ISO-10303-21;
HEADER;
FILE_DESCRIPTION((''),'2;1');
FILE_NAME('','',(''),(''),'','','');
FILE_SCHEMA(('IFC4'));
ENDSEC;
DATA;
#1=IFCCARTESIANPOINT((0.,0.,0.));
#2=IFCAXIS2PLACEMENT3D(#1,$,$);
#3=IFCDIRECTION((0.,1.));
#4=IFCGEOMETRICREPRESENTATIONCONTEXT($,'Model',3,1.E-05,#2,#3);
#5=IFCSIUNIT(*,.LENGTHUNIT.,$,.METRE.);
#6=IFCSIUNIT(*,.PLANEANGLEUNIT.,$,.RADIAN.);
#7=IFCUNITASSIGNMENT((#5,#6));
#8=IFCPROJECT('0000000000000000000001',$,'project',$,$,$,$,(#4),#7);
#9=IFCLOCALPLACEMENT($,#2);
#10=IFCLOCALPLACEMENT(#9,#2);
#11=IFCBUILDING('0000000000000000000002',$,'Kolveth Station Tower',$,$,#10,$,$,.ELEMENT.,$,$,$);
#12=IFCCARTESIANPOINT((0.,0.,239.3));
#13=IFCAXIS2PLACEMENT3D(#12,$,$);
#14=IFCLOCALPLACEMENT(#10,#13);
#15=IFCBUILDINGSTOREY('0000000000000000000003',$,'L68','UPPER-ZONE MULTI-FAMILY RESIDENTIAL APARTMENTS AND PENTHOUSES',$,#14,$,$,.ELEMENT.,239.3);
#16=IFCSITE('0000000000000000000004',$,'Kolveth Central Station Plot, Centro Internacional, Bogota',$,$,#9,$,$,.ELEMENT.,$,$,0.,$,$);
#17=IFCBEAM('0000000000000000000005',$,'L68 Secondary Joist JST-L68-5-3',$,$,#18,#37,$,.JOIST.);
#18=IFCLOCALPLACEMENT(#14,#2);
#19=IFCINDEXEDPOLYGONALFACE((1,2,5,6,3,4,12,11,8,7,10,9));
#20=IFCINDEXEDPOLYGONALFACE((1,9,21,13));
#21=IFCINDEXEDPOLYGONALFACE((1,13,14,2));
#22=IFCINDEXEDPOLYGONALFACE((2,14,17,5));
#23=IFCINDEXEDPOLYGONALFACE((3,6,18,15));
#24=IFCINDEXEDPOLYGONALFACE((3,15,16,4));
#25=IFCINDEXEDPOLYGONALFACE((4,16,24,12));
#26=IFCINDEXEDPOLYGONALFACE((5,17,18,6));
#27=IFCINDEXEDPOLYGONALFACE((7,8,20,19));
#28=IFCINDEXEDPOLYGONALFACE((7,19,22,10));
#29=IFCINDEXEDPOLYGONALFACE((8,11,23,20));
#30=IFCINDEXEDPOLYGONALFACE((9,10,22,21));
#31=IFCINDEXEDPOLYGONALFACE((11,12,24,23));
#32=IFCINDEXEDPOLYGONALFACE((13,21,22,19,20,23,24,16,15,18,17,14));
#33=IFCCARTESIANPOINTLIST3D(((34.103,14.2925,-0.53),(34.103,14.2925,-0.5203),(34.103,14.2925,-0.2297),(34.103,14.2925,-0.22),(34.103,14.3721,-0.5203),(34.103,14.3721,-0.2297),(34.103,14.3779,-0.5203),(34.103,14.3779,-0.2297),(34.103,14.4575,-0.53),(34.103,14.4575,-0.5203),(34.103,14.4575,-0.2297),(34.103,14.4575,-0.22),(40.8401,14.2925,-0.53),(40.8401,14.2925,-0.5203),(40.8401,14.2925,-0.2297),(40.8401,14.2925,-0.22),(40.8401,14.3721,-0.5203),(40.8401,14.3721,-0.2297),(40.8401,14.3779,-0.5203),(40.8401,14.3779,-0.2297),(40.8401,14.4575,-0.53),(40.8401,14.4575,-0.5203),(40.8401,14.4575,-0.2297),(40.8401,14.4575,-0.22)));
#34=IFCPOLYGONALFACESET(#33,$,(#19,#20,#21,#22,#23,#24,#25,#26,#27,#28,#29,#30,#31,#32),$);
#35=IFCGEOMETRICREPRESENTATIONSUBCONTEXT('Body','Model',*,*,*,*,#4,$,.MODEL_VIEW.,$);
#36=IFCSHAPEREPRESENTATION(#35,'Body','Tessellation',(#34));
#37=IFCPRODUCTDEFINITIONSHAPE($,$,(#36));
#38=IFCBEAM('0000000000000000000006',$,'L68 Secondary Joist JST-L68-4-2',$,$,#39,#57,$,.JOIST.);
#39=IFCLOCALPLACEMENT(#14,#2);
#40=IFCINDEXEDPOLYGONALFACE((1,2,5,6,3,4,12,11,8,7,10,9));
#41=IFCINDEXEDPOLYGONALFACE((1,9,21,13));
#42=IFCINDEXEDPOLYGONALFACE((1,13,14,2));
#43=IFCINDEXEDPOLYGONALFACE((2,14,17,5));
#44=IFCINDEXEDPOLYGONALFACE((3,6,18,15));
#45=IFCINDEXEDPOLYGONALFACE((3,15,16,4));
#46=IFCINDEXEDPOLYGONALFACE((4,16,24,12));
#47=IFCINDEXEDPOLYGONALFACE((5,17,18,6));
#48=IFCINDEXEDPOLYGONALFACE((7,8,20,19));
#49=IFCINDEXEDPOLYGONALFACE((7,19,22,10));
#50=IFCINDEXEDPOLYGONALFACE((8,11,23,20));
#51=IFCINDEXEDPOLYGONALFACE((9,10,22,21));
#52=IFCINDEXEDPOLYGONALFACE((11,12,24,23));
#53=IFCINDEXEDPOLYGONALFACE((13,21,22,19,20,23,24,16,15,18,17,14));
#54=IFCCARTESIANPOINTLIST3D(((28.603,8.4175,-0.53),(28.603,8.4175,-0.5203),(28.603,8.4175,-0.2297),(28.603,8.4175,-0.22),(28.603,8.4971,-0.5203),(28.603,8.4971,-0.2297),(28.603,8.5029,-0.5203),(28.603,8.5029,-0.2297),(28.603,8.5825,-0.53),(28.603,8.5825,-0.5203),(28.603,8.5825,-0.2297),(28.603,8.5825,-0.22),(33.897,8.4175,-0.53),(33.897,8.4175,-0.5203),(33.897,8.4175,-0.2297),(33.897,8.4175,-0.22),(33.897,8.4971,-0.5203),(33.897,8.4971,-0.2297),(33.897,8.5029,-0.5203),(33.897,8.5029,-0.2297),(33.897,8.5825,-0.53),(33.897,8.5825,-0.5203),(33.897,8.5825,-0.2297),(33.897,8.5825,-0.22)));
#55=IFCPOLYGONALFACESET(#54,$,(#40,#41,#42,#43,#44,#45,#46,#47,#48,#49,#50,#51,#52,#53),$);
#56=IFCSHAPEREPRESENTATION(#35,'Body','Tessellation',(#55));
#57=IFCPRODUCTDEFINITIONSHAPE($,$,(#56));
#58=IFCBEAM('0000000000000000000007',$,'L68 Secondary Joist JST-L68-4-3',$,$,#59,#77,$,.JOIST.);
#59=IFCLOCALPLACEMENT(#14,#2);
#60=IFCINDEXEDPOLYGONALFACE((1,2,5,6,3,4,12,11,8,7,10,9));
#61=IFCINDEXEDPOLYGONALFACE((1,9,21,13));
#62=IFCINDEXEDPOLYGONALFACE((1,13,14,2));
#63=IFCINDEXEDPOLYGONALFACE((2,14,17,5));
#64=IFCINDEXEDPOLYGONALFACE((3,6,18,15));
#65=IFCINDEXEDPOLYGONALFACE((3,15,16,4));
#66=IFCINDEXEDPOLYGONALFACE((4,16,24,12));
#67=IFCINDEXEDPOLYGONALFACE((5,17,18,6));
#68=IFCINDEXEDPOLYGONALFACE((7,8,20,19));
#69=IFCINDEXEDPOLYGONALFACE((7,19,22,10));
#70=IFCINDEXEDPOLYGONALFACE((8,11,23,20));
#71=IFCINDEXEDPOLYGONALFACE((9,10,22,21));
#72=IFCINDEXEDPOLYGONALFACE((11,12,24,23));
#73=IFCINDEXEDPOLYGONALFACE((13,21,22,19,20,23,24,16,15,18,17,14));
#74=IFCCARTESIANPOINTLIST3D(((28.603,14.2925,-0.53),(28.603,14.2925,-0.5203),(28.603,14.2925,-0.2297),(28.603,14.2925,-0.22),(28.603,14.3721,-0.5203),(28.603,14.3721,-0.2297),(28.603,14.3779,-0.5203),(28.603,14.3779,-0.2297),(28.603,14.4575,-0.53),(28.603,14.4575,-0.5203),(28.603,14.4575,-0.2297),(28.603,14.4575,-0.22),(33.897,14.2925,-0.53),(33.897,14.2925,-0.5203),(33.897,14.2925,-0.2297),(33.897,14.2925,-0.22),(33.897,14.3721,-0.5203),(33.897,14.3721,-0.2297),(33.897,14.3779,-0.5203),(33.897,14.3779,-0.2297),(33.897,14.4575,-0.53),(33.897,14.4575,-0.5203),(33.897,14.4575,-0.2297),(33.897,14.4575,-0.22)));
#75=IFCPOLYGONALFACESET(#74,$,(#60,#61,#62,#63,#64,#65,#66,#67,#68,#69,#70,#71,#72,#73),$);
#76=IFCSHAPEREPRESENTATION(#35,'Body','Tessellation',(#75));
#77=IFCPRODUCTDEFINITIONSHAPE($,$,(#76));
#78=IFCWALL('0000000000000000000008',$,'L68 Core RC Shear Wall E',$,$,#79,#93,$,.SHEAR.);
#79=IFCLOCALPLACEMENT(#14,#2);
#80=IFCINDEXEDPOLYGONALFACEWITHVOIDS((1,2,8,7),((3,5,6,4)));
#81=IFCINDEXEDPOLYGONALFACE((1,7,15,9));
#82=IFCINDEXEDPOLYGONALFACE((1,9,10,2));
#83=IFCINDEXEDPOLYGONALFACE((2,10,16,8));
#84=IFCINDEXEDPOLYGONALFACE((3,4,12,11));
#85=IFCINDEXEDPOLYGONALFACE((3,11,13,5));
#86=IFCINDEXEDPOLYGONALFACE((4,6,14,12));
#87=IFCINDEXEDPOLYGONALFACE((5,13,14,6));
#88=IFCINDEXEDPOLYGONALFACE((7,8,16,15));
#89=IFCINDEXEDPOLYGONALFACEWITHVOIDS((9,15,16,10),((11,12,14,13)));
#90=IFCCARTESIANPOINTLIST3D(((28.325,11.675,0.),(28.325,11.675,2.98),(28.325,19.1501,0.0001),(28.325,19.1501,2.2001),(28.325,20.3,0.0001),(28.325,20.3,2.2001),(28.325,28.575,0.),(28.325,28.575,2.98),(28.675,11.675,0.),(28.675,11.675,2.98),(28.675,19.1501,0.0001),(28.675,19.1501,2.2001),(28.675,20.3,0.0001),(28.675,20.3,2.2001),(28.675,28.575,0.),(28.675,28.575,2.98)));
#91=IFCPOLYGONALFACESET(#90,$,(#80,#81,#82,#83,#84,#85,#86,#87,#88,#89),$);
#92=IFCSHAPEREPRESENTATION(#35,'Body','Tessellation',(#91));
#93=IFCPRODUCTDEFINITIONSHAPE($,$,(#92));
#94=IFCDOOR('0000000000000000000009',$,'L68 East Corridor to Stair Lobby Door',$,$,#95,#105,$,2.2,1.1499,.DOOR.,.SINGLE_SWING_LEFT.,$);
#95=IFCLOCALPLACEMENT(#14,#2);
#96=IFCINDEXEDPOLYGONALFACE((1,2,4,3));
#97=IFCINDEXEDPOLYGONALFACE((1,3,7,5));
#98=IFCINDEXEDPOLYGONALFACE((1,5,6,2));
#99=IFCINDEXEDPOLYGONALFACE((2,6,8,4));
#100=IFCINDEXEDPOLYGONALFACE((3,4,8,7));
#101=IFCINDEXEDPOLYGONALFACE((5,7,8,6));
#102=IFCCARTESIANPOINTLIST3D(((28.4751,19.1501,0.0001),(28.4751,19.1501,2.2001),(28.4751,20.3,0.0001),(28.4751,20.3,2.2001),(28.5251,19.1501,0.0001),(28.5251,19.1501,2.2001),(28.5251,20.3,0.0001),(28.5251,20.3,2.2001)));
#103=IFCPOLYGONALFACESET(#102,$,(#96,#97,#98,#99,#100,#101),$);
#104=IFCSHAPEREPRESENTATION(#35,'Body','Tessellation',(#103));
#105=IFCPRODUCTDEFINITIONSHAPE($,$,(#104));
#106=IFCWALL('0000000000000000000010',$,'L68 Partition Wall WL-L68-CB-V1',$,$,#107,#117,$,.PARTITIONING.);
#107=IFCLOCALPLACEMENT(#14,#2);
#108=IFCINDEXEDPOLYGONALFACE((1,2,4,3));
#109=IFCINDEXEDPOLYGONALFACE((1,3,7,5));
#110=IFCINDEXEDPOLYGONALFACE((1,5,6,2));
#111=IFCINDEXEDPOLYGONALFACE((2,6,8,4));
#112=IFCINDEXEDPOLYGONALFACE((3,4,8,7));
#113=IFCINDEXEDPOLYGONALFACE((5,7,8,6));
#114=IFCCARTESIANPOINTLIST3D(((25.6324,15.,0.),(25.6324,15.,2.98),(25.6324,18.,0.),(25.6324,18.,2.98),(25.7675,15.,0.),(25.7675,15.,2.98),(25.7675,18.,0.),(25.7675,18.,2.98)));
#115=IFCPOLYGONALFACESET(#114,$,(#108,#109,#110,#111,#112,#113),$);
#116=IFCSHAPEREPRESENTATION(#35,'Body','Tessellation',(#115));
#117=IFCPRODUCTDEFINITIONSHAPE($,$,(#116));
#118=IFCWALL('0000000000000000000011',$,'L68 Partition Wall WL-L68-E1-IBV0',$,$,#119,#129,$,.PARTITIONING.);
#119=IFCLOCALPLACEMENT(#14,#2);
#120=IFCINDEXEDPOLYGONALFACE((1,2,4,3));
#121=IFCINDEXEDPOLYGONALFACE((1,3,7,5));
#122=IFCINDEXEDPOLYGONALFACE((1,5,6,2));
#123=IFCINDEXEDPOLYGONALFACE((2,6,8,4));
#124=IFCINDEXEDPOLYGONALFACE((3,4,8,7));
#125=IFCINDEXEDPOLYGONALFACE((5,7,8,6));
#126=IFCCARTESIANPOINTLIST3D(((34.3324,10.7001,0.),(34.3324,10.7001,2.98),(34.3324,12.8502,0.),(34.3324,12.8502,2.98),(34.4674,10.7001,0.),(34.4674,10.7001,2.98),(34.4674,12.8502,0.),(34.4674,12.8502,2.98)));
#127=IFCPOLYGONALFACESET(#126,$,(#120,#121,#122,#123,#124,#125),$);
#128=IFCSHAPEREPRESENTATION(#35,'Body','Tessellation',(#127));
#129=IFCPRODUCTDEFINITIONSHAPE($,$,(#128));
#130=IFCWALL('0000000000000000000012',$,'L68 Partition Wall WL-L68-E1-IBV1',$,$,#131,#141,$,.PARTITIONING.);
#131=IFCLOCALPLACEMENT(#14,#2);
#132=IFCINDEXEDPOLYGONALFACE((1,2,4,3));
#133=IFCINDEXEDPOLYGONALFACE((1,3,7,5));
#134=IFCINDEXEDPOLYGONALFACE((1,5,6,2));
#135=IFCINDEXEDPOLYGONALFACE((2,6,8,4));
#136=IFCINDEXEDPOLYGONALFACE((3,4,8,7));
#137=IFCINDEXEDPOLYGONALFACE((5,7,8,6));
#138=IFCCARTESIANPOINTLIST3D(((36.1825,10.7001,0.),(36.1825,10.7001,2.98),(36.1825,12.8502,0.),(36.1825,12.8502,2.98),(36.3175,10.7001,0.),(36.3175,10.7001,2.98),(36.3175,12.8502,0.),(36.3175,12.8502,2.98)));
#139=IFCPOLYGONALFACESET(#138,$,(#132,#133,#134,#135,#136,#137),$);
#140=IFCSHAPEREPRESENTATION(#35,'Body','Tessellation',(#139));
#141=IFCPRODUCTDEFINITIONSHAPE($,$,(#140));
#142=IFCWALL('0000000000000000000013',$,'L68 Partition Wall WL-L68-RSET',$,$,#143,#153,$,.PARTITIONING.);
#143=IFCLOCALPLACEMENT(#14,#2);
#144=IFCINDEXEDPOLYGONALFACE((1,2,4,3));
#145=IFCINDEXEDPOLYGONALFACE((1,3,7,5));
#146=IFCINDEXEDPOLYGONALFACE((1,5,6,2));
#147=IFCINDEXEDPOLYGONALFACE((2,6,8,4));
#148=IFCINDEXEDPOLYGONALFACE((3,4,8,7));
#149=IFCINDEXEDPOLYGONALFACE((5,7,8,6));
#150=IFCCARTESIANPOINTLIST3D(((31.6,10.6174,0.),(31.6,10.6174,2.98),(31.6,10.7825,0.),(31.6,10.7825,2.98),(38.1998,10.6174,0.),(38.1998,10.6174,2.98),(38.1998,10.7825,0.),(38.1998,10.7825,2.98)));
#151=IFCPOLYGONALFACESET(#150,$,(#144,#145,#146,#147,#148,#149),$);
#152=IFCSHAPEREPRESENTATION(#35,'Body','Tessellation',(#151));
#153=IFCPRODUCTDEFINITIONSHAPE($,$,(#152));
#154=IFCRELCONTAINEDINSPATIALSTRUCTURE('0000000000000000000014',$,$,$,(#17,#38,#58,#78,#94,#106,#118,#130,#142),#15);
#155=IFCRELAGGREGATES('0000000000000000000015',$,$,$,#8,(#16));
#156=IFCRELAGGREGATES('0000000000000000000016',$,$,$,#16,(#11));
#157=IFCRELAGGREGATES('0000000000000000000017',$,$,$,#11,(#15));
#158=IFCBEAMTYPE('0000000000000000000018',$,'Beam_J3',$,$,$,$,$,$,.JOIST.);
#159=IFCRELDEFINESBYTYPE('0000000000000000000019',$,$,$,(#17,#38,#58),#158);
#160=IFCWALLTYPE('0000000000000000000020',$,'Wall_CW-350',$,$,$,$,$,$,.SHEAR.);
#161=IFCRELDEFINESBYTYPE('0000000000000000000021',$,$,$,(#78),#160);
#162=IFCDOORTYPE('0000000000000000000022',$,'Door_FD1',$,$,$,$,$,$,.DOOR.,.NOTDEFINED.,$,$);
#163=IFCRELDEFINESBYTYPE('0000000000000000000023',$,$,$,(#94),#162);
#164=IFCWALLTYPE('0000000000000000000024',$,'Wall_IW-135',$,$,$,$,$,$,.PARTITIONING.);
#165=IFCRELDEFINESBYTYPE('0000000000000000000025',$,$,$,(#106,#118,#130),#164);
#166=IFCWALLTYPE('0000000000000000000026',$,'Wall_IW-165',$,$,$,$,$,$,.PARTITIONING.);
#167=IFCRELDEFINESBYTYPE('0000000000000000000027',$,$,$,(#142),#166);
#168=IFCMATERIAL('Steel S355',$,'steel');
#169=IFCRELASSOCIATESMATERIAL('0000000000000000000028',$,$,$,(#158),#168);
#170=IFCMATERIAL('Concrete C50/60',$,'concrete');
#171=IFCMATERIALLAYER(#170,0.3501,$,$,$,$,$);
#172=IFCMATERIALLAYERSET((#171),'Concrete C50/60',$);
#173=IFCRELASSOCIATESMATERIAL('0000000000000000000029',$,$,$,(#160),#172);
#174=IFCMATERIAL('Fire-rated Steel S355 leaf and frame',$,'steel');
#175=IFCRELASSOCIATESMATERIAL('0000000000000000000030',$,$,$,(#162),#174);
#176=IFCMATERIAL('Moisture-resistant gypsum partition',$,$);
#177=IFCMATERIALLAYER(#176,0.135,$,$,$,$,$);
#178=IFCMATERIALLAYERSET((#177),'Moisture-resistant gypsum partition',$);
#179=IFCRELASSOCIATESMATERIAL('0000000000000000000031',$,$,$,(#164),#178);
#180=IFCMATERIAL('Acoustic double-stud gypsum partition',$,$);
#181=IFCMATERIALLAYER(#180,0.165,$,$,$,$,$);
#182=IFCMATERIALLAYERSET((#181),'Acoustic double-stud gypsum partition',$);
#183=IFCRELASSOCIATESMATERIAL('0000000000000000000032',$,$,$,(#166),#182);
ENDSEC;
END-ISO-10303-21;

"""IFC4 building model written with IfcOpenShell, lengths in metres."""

from ifc_helpers import new_model, si_unit, direction, frame, frame_2d, origin, origin_2d, place, context, subcontext, project, spatial, rectangle, i_section, extrude, source, transform, mapped, material, layer, layer_set, material_profile, profile_set, type_object, element, fill, save


model = new_model("IFC4")

# Units and contexts
model_context = context("Model", 3, precision=1e-05, world=origin(), true_north=direction((0.0, 1.0)))
body_context = subcontext(model_context, "Body", "Model", "MODEL_VIEW")
ifc_project = project(units=[si_unit("LENGTHUNIT", "METRE"), si_unit("PLANEANGLEUNIT", "RADIAN")], contexts=[model_context])

# Site, building, storey
site_placement = place(None, origin())
site = spatial("IfcSite", under=ifc_project, at=site_placement, Name="Kolveth Central Station Plot, Centro Internacional, Bogota", CompositionType="ELEMENT", RefElevation=0.0)
building_placement = place(site_placement, origin())
building = spatial("IfcBuilding", under=site, at=building_placement, Name="Kolveth Station Tower", CompositionType="ELEMENT")
storey_placement = place(building_placement, frame((0.0, 0.0, 239.3)))
storey = spatial("IfcBuildingStorey", under=building, at=storey_placement, Name="L68", Description="UPPER-ZONE MULTI-FAMILY RESIDENTIAL APARTMENTS AND PENTHOUSES", CompositionType="ELEMENT", Elevation=239.3)

# Shared definitions
ifc_material_1 = material(Name="Steel S355", Category="steel")

# Beams
ifc_material_profile_1 = material_profile(ifc_material_1, i_section(OverallWidth=0.165, OverallDepth=0.3101, WebThickness=0.0059, FlangeThickness=0.0098, at=origin_2d()), Name="W310x39")
ifc_profile_set_1 = profile_set([ifc_material_profile_1], Name="Steel S355")
beam_type_1 = type_object("IfcBeamType", Name="Beam_J3", PredefinedType="JOIST", material=ifc_profile_set_1)
shared_shape_1 = source(origin(), body_context, "Body", "SweptSolid", [
    extrude(i_section(OverallWidth=0.165, OverallDepth=0.3101, WebThickness=0.0059, FlangeThickness=0.0098, at=origin_2d()), origin(), (0.0, 0.0, 1.0), 6.7371),
])
for number, where, z_axis, x_axis, name in (
    (1, (34.103, 14.375, -0.375), (1.0, 0.0, 0.0), (0.0, 1.0, 0.0), "L68 Secondary Joist JST-L68-5-3"),
):
    element("IfcBeam", number, at=place(storey_placement, frame(where, z_axis=z_axis, x_axis=x_axis)), inside=storey, type_object=beam_type_1, Name=name, PredefinedType="JOIST", context=body_context, shape_type="MappedRepresentation", body=[
        mapped(shared_shape_1, transform((0.0, 0.0, 0.0), x_axis=(1.0, 0.0, 0.0), y_axis=(0.0, 1.0, 0.0), z_axis=(0.0, 0.0, 1.0), scale=1.0)),
    ])
shared_shape_2 = source(origin(), body_context, "Body", "SweptSolid", [
    extrude(i_section(OverallWidth=0.165, OverallDepth=0.3101, WebThickness=0.0059, FlangeThickness=0.0098, at=origin_2d()), origin(), (0.0, 0.0, 1.0), 5.2939),
])
for number, where, z_axis, x_axis, name in (
    (2, (28.603, 8.5, -0.375), (1.0, 0.0, 0.0), (0.0, 1.0, 0.0), "L68 Secondary Joist JST-L68-4-2"),
    (3, (28.603, 14.375, -0.375), (1.0, 0.0, 0.0), (0.0, 1.0, 0.0), "L68 Secondary Joist JST-L68-4-3"),
):
    element("IfcBeam", number, at=place(storey_placement, frame(where, z_axis=z_axis, x_axis=x_axis)), inside=storey, type_object=beam_type_1, Name=name, PredefinedType="JOIST", context=body_context, shape_type="MappedRepresentation", body=[
        mapped(shared_shape_2, transform((0.0, 0.0, 0.0), x_axis=(1.0, 0.0, 0.0), y_axis=(0.0, 1.0, 0.0), z_axis=(0.0, 0.0, 1.0), scale=1.0)),
    ])

# Wall, opening, door
ifc_material_2 = material(Name="Concrete C50/60", Category="concrete")
ifc_layer_1 = layer(ifc_material_2, 0.3501)
ifc_layer_set_1 = layer_set([ifc_layer_1], Name="Concrete C50/60")
wall_type_1 = type_object("IfcWallType", Name="Wall_CW-350", PredefinedType="SHEAR", material=ifc_layer_set_1)
wall_1_placement = place(storey_placement, frame((28.5, 11.675, 0.0), z_axis=(0.0, 0.0, 1.0), x_axis=(0.0, 1.0, 0.0)))
wall_1 = element("IfcWall", 4, at=wall_1_placement, inside=storey, type_object=wall_type_1, Name="L68 Core RC Shear Wall E", PredefinedType="SHEAR", context=body_context, shape_type="SweptSolid", body=[
    extrude(rectangle(XDim=16.8999, YDim=0.3501, at=frame_2d((8.45, 0.0))), origin(), (0.0, 0.0, 1.0), 2.98),
])
opening_1_placement = place(wall_1_placement, frame((7.4751, 0.0, 0.0)))
opening_1 = element("IfcOpeningElement", 5, at=opening_1_placement, cuts=wall_1, PredefinedType="OPENING", context=body_context, shape_type="SweptSolid", body=[
    extrude(rectangle(XDim=1.1499, YDim=2.2, at=frame_2d((0.575, 1.1001))), frame((0.0, 0.1851, 0.0), z_axis=(0.0, -1.0, 0.0), x_axis=(1.0, 0.0, 0.0)), (0.0, 0.0, 1.0), 0.3701),
])
ifc_material_3 = material(Name="Fire-rated Steel S355 leaf and frame", Category="steel")
door_type_1 = type_object("IfcDoorType", Name="Door_FD1", OperationType="NOTDEFINED", PredefinedType="DOOR", material=ifc_material_3)
door_1_placement = place(opening_1_placement, origin())
door_1 = element("IfcDoor", 6, at=door_1_placement, inside=storey, type_object=door_type_1, Name="L68 East Corridor to Stair Lobby Door", OperationType="SINGLE_SWING_LEFT", OverallHeight=2.2, OverallWidth=1.1499, PredefinedType="DOOR", context=body_context, shape_type="SweptSolid", body=[
    extrude(rectangle(XDim=1.1499, YDim=2.2, at=frame_2d((0.575, 1.1001))), frame((0.0, 0.0249, 0.0), z_axis=(0.0, -1.0, 0.0), x_axis=(1.0, 0.0, 0.0)), (0.0, 0.0, 1.0), 0.05),
])
fill(opening_1, door_1)

# Wall
ifc_material_4 = material(Name="Moisture-resistant gypsum partition")
ifc_layer_2 = layer(ifc_material_4, 0.135)
ifc_layer_set_2 = layer_set([ifc_layer_2], Name="Moisture-resistant gypsum partition")
wall_type_2 = type_object("IfcWallType", Name="Wall_IW-135", PredefinedType="PARTITIONING", material=ifc_layer_set_2)
wall_2_placement = place(storey_placement, frame((25.7, 15.0, 0.0), z_axis=(0.0, 0.0, 1.0), x_axis=(0.0, 1.0, 0.0)))
element("IfcWall", 7, at=wall_2_placement, inside=storey, type_object=wall_type_2, Name="L68 Partition Wall WL-L68-CB-V1", PredefinedType="PARTITIONING", context=body_context, shape_type="SweptSolid", body=[
    extrude(rectangle(XDim=3.0, YDim=0.135, at=frame_2d((1.5, 0.0))), origin(), (0.0, 0.0, 1.0), 2.98),
])

# Walls
for number, where, z_axis, x_axis, name in (
    (8, (34.3999, 10.7, 0.0), (0.0, 0.0, 1.0), (0.0, 1.0, 0.0), "L68 Partition Wall WL-L68-E1-IBV0"),
    (9, (36.25, 10.7, 0.0), (0.0, 0.0, 1.0), (0.0, 1.0, 0.0), "L68 Partition Wall WL-L68-E1-IBV1"),
):
    element("IfcWall", number, at=place(storey_placement, frame(where, z_axis=z_axis, x_axis=x_axis)), inside=storey, type_object=wall_type_2, Name=name, PredefinedType="PARTITIONING", context=body_context, shape_type="SweptSolid", body=[
        extrude(rectangle(XDim=2.1501, YDim=0.135, at=frame_2d((1.0752, 0.0))), origin(), (0.0, 0.0, 1.0), 2.98),
    ])
ifc_material_5 = material(Name="Acoustic double-stud gypsum partition")
ifc_layer_3 = layer(ifc_material_5, 0.165)
ifc_layer_set_3 = layer_set([ifc_layer_3], Name="Acoustic double-stud gypsum partition")
wall_type_3 = type_object("IfcWallType", Name="Wall_IW-165", PredefinedType="PARTITIONING", material=ifc_layer_set_3)
wall_3_placement = place(storey_placement, frame((31.6001, 10.7, 0.0), z_axis=(0.0, 0.0, 1.0), x_axis=(1.0, 0.0, 0.0)))
element("IfcWall", 10, at=wall_3_placement, inside=storey, type_object=wall_type_3, Name="L68 Partition Wall WL-L68-RSET", PredefinedType="PARTITIONING", context=body_context, shape_type="SweptSolid", body=[
    extrude(rectangle(XDim=6.5999, YDim=0.165, at=frame_2d((3.2998, 0.0))), origin(), (0.0, 0.0, 1.0), 2.98),
])

save(model, "model.ifc")
